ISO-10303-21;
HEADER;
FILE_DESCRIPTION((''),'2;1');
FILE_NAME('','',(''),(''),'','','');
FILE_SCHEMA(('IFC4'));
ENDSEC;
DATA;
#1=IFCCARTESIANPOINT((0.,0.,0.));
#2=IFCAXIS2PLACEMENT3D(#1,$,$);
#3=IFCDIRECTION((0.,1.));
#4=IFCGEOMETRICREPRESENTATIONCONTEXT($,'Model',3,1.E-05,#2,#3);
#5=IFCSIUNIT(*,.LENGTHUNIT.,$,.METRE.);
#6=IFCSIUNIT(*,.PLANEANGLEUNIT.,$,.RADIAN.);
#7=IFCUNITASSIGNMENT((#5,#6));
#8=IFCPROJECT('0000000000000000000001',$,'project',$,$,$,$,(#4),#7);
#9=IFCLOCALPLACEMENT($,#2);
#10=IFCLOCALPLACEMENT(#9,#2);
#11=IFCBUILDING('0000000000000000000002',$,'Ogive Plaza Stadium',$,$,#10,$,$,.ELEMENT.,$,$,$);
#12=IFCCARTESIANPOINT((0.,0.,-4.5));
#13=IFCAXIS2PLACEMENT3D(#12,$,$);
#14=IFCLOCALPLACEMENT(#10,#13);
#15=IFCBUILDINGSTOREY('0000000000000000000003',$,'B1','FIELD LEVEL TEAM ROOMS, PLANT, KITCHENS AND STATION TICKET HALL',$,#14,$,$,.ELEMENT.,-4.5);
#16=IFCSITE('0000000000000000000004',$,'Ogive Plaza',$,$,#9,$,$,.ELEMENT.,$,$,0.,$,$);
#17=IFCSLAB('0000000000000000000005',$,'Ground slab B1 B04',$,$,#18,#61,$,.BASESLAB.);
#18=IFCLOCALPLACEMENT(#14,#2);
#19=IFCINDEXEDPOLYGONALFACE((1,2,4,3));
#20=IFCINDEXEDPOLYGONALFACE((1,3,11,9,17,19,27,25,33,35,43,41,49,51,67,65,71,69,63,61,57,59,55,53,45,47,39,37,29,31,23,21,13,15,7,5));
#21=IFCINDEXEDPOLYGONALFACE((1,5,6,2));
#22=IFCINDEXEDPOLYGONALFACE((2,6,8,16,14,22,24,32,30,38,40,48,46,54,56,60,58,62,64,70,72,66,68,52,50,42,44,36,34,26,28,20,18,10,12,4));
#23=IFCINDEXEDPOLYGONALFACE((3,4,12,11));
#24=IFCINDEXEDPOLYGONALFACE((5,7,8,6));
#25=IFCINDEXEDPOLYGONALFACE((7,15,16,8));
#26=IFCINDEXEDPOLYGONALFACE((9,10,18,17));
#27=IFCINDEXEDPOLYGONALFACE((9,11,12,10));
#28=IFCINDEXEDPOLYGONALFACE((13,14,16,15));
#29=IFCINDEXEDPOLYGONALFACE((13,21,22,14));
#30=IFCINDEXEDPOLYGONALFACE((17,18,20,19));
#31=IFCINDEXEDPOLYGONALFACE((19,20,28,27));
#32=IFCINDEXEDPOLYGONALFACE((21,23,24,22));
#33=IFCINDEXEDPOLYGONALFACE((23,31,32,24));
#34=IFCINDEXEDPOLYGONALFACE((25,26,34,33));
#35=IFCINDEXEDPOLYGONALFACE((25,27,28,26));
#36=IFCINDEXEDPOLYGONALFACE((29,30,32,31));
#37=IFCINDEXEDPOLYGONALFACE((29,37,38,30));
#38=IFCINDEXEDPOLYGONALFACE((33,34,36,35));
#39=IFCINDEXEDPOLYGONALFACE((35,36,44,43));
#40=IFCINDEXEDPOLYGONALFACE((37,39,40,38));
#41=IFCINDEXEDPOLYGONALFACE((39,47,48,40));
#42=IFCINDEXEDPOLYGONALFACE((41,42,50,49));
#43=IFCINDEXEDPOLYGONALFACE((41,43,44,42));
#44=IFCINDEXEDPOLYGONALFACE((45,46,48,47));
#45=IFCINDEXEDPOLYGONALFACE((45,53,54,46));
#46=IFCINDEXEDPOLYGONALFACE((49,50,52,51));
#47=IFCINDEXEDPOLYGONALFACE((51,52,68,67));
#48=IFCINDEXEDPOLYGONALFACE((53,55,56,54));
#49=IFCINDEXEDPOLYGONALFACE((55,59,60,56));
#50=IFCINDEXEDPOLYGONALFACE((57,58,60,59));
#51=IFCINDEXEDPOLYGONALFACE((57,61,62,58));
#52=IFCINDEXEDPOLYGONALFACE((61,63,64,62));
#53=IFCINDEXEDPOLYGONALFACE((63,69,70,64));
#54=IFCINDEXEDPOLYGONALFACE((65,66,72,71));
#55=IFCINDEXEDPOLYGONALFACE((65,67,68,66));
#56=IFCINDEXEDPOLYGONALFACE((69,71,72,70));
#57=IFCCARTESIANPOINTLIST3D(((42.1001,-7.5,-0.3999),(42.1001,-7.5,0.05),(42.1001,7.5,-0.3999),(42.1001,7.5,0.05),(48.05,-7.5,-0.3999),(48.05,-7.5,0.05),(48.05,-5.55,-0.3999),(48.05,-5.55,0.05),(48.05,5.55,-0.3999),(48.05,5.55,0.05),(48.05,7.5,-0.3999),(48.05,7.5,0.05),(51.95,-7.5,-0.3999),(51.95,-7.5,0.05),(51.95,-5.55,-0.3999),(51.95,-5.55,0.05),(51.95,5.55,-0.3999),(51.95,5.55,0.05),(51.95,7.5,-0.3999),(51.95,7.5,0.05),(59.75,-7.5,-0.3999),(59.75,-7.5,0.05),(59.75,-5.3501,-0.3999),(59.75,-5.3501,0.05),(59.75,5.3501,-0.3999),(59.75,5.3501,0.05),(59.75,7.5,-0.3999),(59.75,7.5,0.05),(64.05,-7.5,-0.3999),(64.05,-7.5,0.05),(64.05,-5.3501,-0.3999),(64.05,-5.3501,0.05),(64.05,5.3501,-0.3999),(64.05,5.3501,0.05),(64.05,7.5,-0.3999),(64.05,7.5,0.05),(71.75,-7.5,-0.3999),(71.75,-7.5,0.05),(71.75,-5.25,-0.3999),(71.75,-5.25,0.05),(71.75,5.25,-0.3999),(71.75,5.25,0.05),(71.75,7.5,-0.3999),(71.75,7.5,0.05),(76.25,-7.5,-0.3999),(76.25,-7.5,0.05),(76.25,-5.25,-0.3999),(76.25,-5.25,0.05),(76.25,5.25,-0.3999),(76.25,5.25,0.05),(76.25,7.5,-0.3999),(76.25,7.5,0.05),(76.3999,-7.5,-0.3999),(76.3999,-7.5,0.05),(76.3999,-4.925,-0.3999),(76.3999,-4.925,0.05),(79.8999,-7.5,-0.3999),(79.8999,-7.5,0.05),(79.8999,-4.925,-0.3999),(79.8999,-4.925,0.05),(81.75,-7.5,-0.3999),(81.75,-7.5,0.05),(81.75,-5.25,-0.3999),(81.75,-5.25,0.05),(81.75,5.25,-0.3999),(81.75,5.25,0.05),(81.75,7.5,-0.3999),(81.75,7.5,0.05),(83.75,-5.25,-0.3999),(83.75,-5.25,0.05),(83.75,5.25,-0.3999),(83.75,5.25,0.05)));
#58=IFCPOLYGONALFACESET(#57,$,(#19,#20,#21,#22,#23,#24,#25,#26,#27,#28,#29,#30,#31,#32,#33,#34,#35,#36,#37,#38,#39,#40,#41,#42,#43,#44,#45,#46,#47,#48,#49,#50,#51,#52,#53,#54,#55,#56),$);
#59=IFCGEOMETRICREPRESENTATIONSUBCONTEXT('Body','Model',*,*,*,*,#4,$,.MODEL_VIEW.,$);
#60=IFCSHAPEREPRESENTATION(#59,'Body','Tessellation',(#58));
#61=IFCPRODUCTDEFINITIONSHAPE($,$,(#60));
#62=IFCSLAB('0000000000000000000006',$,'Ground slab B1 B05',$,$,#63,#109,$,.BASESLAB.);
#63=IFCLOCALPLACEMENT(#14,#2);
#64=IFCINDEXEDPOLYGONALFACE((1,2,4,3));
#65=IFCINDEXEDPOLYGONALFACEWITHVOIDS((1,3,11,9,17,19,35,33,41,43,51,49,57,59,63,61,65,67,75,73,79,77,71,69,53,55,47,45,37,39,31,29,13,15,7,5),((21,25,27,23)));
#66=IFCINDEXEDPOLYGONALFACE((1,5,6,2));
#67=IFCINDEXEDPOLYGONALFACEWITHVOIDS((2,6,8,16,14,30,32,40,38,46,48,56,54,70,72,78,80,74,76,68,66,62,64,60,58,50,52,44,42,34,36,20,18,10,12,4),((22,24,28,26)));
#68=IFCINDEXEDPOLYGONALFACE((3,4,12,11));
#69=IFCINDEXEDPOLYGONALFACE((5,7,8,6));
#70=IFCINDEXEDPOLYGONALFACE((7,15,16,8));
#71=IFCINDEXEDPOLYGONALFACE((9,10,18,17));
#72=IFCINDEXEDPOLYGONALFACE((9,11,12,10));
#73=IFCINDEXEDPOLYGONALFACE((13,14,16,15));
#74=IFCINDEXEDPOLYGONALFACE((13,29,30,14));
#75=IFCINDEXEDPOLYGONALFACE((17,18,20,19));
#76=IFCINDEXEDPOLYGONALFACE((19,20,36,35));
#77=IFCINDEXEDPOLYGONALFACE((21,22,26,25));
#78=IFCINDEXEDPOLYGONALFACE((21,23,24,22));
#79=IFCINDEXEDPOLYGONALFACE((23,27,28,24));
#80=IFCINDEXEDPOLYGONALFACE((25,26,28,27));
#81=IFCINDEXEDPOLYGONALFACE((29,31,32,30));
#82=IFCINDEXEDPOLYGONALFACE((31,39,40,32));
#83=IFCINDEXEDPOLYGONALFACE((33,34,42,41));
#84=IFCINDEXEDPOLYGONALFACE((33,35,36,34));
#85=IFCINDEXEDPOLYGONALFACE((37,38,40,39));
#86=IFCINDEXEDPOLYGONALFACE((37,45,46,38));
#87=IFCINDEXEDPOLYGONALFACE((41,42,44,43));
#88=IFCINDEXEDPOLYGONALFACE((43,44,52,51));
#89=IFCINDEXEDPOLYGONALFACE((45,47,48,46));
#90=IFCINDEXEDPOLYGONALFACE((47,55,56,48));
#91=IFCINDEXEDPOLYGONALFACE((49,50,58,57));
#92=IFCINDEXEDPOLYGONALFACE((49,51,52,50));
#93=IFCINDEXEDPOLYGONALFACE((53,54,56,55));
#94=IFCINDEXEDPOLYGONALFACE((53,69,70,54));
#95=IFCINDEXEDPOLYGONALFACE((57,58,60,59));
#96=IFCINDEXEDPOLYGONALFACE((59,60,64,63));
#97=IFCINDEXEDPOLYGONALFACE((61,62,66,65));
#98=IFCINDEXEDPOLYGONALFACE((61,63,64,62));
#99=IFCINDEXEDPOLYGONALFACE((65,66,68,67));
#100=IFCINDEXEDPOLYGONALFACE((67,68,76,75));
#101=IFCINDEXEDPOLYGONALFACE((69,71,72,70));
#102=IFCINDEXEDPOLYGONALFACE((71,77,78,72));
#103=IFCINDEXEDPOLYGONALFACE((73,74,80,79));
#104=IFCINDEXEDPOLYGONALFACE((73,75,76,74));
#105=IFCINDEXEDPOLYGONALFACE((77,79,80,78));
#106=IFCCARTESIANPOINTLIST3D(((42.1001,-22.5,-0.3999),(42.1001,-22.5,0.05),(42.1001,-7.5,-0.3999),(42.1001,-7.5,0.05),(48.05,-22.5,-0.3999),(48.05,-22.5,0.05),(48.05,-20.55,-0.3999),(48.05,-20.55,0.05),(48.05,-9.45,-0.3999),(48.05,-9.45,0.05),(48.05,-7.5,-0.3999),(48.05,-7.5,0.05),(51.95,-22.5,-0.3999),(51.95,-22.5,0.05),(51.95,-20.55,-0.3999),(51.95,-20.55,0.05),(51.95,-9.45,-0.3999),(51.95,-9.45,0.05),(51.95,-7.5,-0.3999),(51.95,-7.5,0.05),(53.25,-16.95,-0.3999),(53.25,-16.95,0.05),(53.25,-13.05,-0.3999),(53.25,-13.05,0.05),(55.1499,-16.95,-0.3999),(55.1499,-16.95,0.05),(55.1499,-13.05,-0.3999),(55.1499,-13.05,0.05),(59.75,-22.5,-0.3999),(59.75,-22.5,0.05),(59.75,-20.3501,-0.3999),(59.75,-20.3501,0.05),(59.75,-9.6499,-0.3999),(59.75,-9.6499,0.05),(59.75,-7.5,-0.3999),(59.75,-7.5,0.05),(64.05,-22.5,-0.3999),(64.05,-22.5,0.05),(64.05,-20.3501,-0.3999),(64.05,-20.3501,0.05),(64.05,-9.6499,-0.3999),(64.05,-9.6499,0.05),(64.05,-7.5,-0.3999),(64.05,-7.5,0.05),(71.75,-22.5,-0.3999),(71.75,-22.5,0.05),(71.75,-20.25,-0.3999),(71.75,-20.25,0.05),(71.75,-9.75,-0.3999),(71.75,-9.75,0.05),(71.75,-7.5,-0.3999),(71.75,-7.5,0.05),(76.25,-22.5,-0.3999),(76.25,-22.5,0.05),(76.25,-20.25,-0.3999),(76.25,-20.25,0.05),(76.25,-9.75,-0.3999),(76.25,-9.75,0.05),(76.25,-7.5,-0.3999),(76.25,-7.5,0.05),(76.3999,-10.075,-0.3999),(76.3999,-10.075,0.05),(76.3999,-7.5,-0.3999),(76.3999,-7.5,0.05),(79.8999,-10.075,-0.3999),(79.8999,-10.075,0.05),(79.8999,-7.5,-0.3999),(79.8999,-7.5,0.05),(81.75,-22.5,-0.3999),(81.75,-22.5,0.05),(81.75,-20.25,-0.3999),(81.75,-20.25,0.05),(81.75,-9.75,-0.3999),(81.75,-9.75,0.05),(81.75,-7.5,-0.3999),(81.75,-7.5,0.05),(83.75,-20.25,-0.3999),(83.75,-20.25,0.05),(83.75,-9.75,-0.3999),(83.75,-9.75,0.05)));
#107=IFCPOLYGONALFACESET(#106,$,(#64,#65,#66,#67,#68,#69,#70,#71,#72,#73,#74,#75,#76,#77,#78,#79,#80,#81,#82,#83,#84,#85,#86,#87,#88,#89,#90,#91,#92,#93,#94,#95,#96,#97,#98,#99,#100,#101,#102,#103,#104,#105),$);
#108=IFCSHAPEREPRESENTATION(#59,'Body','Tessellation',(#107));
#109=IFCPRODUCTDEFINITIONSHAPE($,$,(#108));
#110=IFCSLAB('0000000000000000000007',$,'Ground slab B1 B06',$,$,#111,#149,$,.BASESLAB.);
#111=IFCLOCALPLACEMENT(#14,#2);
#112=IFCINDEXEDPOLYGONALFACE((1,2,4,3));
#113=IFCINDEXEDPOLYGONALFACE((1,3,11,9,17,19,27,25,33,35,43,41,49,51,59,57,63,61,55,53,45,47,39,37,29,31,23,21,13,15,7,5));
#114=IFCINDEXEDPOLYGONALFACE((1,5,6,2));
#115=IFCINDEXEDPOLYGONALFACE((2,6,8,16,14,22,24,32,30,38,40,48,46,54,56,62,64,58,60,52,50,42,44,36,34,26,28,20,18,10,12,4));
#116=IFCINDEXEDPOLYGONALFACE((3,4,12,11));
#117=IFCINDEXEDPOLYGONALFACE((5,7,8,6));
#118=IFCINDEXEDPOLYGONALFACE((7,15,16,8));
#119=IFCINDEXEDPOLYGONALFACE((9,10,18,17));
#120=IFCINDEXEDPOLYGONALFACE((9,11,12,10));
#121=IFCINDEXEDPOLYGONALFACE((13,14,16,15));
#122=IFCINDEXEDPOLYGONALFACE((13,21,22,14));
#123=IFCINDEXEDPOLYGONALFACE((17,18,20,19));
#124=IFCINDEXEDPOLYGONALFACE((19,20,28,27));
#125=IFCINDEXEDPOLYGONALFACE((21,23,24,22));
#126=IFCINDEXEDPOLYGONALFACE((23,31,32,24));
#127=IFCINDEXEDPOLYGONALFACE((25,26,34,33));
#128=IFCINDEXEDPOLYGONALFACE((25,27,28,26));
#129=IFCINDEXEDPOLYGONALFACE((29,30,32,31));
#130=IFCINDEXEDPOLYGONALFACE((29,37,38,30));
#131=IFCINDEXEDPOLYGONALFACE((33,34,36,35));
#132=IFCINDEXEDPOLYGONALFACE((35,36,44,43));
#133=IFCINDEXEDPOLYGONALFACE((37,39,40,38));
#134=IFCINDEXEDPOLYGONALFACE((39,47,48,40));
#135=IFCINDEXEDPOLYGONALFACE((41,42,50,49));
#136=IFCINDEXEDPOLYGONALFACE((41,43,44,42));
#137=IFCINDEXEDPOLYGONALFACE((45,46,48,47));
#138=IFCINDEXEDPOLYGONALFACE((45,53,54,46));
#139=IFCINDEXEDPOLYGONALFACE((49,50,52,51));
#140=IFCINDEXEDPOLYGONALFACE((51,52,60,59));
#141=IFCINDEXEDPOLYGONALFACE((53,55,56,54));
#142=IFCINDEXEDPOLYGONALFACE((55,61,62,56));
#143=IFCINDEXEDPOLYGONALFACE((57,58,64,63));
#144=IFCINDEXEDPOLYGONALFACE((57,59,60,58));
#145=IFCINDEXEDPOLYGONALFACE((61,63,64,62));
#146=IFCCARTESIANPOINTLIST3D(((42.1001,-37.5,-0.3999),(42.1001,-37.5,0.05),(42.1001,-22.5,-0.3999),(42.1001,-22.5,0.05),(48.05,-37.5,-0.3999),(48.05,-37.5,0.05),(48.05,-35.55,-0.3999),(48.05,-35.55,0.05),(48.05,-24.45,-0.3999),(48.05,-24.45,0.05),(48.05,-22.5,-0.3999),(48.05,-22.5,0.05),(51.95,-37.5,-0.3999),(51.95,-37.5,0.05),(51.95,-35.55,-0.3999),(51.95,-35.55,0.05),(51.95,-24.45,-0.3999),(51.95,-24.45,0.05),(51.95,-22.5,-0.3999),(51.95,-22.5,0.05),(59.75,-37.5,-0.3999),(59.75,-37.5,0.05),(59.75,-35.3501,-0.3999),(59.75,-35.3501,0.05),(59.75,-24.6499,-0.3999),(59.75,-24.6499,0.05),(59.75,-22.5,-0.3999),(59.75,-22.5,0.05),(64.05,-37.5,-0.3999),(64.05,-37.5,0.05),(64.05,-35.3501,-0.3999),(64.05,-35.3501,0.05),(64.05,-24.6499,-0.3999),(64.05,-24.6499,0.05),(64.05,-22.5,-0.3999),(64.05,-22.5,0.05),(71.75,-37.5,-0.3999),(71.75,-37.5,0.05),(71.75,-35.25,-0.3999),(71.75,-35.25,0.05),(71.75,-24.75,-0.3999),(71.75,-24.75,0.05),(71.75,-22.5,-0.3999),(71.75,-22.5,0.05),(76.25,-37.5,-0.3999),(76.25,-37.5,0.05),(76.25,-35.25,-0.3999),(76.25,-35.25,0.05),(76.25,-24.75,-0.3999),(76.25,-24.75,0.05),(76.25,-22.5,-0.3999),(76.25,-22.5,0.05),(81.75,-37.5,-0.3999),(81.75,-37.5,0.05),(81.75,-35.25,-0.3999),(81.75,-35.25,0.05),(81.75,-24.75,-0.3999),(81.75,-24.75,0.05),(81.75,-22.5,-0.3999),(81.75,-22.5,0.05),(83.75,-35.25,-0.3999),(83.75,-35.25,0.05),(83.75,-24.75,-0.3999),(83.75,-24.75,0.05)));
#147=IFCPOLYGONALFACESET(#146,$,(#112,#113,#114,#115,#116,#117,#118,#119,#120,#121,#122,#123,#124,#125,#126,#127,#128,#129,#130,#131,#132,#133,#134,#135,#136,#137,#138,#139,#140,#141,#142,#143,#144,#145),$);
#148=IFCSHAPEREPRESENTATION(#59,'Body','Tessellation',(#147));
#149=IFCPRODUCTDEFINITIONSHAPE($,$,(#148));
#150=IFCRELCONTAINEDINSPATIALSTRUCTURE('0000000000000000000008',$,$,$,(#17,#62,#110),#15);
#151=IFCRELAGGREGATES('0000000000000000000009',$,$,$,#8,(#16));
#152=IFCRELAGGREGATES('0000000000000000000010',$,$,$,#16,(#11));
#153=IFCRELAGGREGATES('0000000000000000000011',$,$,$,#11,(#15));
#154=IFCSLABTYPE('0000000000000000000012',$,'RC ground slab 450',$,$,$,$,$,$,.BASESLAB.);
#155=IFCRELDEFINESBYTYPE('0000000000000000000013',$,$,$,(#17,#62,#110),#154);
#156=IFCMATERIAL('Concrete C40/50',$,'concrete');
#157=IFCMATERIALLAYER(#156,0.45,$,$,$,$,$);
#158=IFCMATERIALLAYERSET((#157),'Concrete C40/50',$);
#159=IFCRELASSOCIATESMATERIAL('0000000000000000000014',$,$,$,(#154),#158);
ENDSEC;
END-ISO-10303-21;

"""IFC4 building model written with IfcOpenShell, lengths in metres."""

from ifc_helpers import new_model, si_unit, direction, frame, origin, place, context, subcontext, project, spatial, polyline, outline, extrude, material, layer, layer_set, type_object, element, save


model = new_model("IFC4")

# Units and contexts
model_context = context("Model", 3, precision=1e-05, world=origin(), true_north=direction((0.0, 1.0)))
body_context = subcontext(model_context, "Body", "Model", "MODEL_VIEW")
ifc_project = project(units=[si_unit("LENGTHUNIT", "METRE"), si_unit("PLANEANGLEUNIT", "RADIAN")], contexts=[model_context])

# Site, building, storey
site_placement = place(None, origin())
site = spatial("IfcSite", under=ifc_project, at=site_placement, Name="Ogive Plaza", CompositionType="ELEMENT", RefElevation=0.0)
building_placement = place(site_placement, origin())
building = spatial("IfcBuilding", under=site, at=building_placement, Name="Ogive Plaza Stadium", CompositionType="ELEMENT")
storey_placement = place(building_placement, frame((0.0, 0.0, -4.5)))
storey = spatial("IfcBuildingStorey", under=building, at=storey_placement, Name="B1", Description="FIELD LEVEL TEAM ROOMS, PLANT, KITCHENS AND STATION TICKET HALL", CompositionType="ELEMENT", Elevation=-4.5)

# Slabs
ifc_material_1 = material(Name="Concrete C40/50", Category="concrete")
ifc_layer_1 = layer(ifc_material_1, 0.45)
ifc_layer_set_1 = layer_set([ifc_layer_1], Name="Concrete C40/50")
slab_type = type_object("IfcSlabType", Name="RC ground slab 450", PredefinedType="BASESLAB", material=ifc_layer_set_1)
slab_1_placement = place(storey_placement, frame((0.0, 0.0, -0.3999)))
element("IfcSlab", 1, at=slab_1_placement, inside=storey, type_object=slab_type, Name="Ground slab B1 B04", PredefinedType="BASESLAB", context=body_context, shape_type="SweptSolid", body=[
    extrude(outline(polyline([(48.05, -7.5), (48.05, -5.55), (51.95, -5.55), (51.95, -7.5), (59.75, -7.5), (59.75, -5.3501), (64.05, -5.3501), (64.05, -7.5), (71.75, -7.5), (71.75, -5.25), (76.25, -5.25), (76.25, -7.5), (76.3999, -7.5), (76.3999, -4.925), (79.8999, -4.925), (79.8999, -7.5), (81.75, -7.5), (81.75, -5.25), (83.75, -5.25), (83.75, 5.25), (81.75, 5.25), (81.75, 7.5), (76.25, 7.5), (76.25, 5.25), (71.75, 5.25), (71.75, 7.5), (64.05, 7.5), (64.05, 5.3501), (59.75, 5.3501), (59.75, 7.5), (51.95, 7.5), (51.95, 5.55), (48.05, 5.55), (48.05, 7.5), (42.1001, 7.5), (42.1001, -7.5), (48.05, -7.5)])), origin(), (0.0, 0.0, 1.0), 0.45),
])
slab_2_placement = place(storey_placement, frame((0.0, 0.0, -0.3999)))
element("IfcSlab", 2, at=slab_2_placement, inside=storey, type_object=slab_type, Name="Ground slab B1 B05", PredefinedType="BASESLAB", context=body_context, shape_type="SweptSolid", body=[
    extrude(outline(polyline([(48.05, -22.5), (48.05, -20.55), (51.95, -20.55), (51.95, -22.5), (59.75, -22.5), (59.75, -20.3501), (64.05, -20.3501), (64.05, -22.5), (71.75, -22.5), (71.75, -20.25), (76.25, -20.25), (76.25, -22.5), (81.75, -22.5), (81.75, -20.25), (83.75, -20.25), (83.75, -9.75), (81.75, -9.75), (81.75, -7.5), (79.8999, -7.5), (79.8999, -10.075), (76.3999, -10.075), (76.3999, -7.5), (76.25, -7.5), (76.25, -9.75), (71.75, -9.75), (71.75, -7.5), (64.05, -7.5), (64.05, -9.6499), (59.75, -9.6499), (59.75, -7.5), (51.95, -7.5), (51.95, -9.45), (48.05, -9.45), (48.05, -7.5), (42.1001, -7.5), (42.1001, -22.5), (48.05, -22.5)]), holes=[polyline([(55.1499, -13.05), (53.25, -13.05), (53.25, -16.95), (55.1499, -16.95), (55.1499, -13.05)])]), origin(), (0.0, 0.0, 1.0), 0.45),
])
slab_3_placement = place(storey_placement, frame((0.0, 0.0, -0.3999)))
element("IfcSlab", 3, at=slab_3_placement, inside=storey, type_object=slab_type, Name="Ground slab B1 B06", PredefinedType="BASESLAB", context=body_context, shape_type="SweptSolid", body=[
    extrude(outline(polyline([(48.05, -37.5), (48.05, -35.55), (51.95, -35.55), (51.95, -37.5), (59.75, -37.5), (59.75, -35.3501), (64.05, -35.3501), (64.05, -37.5), (71.75, -37.5), (71.75, -35.25), (76.25, -35.25), (76.25, -37.5), (81.75, -37.5), (81.75, -35.25), (83.75, -35.25), (83.75, -24.75), (81.75, -24.75), (81.75, -22.5), (76.25, -22.5), (76.25, -24.75), (71.75, -24.75), (71.75, -22.5), (64.05, -22.5), (64.05, -24.6499), (59.75, -24.6499), (59.75, -22.5), (51.95, -22.5), (51.95, -24.45), (48.05, -24.45), (48.05, -22.5), (42.1001, -22.5), (42.1001, -37.5), (48.05, -37.5)])), origin(), (0.0, 0.0, 1.0), 0.45),
])

save(model, "model.ifc")
